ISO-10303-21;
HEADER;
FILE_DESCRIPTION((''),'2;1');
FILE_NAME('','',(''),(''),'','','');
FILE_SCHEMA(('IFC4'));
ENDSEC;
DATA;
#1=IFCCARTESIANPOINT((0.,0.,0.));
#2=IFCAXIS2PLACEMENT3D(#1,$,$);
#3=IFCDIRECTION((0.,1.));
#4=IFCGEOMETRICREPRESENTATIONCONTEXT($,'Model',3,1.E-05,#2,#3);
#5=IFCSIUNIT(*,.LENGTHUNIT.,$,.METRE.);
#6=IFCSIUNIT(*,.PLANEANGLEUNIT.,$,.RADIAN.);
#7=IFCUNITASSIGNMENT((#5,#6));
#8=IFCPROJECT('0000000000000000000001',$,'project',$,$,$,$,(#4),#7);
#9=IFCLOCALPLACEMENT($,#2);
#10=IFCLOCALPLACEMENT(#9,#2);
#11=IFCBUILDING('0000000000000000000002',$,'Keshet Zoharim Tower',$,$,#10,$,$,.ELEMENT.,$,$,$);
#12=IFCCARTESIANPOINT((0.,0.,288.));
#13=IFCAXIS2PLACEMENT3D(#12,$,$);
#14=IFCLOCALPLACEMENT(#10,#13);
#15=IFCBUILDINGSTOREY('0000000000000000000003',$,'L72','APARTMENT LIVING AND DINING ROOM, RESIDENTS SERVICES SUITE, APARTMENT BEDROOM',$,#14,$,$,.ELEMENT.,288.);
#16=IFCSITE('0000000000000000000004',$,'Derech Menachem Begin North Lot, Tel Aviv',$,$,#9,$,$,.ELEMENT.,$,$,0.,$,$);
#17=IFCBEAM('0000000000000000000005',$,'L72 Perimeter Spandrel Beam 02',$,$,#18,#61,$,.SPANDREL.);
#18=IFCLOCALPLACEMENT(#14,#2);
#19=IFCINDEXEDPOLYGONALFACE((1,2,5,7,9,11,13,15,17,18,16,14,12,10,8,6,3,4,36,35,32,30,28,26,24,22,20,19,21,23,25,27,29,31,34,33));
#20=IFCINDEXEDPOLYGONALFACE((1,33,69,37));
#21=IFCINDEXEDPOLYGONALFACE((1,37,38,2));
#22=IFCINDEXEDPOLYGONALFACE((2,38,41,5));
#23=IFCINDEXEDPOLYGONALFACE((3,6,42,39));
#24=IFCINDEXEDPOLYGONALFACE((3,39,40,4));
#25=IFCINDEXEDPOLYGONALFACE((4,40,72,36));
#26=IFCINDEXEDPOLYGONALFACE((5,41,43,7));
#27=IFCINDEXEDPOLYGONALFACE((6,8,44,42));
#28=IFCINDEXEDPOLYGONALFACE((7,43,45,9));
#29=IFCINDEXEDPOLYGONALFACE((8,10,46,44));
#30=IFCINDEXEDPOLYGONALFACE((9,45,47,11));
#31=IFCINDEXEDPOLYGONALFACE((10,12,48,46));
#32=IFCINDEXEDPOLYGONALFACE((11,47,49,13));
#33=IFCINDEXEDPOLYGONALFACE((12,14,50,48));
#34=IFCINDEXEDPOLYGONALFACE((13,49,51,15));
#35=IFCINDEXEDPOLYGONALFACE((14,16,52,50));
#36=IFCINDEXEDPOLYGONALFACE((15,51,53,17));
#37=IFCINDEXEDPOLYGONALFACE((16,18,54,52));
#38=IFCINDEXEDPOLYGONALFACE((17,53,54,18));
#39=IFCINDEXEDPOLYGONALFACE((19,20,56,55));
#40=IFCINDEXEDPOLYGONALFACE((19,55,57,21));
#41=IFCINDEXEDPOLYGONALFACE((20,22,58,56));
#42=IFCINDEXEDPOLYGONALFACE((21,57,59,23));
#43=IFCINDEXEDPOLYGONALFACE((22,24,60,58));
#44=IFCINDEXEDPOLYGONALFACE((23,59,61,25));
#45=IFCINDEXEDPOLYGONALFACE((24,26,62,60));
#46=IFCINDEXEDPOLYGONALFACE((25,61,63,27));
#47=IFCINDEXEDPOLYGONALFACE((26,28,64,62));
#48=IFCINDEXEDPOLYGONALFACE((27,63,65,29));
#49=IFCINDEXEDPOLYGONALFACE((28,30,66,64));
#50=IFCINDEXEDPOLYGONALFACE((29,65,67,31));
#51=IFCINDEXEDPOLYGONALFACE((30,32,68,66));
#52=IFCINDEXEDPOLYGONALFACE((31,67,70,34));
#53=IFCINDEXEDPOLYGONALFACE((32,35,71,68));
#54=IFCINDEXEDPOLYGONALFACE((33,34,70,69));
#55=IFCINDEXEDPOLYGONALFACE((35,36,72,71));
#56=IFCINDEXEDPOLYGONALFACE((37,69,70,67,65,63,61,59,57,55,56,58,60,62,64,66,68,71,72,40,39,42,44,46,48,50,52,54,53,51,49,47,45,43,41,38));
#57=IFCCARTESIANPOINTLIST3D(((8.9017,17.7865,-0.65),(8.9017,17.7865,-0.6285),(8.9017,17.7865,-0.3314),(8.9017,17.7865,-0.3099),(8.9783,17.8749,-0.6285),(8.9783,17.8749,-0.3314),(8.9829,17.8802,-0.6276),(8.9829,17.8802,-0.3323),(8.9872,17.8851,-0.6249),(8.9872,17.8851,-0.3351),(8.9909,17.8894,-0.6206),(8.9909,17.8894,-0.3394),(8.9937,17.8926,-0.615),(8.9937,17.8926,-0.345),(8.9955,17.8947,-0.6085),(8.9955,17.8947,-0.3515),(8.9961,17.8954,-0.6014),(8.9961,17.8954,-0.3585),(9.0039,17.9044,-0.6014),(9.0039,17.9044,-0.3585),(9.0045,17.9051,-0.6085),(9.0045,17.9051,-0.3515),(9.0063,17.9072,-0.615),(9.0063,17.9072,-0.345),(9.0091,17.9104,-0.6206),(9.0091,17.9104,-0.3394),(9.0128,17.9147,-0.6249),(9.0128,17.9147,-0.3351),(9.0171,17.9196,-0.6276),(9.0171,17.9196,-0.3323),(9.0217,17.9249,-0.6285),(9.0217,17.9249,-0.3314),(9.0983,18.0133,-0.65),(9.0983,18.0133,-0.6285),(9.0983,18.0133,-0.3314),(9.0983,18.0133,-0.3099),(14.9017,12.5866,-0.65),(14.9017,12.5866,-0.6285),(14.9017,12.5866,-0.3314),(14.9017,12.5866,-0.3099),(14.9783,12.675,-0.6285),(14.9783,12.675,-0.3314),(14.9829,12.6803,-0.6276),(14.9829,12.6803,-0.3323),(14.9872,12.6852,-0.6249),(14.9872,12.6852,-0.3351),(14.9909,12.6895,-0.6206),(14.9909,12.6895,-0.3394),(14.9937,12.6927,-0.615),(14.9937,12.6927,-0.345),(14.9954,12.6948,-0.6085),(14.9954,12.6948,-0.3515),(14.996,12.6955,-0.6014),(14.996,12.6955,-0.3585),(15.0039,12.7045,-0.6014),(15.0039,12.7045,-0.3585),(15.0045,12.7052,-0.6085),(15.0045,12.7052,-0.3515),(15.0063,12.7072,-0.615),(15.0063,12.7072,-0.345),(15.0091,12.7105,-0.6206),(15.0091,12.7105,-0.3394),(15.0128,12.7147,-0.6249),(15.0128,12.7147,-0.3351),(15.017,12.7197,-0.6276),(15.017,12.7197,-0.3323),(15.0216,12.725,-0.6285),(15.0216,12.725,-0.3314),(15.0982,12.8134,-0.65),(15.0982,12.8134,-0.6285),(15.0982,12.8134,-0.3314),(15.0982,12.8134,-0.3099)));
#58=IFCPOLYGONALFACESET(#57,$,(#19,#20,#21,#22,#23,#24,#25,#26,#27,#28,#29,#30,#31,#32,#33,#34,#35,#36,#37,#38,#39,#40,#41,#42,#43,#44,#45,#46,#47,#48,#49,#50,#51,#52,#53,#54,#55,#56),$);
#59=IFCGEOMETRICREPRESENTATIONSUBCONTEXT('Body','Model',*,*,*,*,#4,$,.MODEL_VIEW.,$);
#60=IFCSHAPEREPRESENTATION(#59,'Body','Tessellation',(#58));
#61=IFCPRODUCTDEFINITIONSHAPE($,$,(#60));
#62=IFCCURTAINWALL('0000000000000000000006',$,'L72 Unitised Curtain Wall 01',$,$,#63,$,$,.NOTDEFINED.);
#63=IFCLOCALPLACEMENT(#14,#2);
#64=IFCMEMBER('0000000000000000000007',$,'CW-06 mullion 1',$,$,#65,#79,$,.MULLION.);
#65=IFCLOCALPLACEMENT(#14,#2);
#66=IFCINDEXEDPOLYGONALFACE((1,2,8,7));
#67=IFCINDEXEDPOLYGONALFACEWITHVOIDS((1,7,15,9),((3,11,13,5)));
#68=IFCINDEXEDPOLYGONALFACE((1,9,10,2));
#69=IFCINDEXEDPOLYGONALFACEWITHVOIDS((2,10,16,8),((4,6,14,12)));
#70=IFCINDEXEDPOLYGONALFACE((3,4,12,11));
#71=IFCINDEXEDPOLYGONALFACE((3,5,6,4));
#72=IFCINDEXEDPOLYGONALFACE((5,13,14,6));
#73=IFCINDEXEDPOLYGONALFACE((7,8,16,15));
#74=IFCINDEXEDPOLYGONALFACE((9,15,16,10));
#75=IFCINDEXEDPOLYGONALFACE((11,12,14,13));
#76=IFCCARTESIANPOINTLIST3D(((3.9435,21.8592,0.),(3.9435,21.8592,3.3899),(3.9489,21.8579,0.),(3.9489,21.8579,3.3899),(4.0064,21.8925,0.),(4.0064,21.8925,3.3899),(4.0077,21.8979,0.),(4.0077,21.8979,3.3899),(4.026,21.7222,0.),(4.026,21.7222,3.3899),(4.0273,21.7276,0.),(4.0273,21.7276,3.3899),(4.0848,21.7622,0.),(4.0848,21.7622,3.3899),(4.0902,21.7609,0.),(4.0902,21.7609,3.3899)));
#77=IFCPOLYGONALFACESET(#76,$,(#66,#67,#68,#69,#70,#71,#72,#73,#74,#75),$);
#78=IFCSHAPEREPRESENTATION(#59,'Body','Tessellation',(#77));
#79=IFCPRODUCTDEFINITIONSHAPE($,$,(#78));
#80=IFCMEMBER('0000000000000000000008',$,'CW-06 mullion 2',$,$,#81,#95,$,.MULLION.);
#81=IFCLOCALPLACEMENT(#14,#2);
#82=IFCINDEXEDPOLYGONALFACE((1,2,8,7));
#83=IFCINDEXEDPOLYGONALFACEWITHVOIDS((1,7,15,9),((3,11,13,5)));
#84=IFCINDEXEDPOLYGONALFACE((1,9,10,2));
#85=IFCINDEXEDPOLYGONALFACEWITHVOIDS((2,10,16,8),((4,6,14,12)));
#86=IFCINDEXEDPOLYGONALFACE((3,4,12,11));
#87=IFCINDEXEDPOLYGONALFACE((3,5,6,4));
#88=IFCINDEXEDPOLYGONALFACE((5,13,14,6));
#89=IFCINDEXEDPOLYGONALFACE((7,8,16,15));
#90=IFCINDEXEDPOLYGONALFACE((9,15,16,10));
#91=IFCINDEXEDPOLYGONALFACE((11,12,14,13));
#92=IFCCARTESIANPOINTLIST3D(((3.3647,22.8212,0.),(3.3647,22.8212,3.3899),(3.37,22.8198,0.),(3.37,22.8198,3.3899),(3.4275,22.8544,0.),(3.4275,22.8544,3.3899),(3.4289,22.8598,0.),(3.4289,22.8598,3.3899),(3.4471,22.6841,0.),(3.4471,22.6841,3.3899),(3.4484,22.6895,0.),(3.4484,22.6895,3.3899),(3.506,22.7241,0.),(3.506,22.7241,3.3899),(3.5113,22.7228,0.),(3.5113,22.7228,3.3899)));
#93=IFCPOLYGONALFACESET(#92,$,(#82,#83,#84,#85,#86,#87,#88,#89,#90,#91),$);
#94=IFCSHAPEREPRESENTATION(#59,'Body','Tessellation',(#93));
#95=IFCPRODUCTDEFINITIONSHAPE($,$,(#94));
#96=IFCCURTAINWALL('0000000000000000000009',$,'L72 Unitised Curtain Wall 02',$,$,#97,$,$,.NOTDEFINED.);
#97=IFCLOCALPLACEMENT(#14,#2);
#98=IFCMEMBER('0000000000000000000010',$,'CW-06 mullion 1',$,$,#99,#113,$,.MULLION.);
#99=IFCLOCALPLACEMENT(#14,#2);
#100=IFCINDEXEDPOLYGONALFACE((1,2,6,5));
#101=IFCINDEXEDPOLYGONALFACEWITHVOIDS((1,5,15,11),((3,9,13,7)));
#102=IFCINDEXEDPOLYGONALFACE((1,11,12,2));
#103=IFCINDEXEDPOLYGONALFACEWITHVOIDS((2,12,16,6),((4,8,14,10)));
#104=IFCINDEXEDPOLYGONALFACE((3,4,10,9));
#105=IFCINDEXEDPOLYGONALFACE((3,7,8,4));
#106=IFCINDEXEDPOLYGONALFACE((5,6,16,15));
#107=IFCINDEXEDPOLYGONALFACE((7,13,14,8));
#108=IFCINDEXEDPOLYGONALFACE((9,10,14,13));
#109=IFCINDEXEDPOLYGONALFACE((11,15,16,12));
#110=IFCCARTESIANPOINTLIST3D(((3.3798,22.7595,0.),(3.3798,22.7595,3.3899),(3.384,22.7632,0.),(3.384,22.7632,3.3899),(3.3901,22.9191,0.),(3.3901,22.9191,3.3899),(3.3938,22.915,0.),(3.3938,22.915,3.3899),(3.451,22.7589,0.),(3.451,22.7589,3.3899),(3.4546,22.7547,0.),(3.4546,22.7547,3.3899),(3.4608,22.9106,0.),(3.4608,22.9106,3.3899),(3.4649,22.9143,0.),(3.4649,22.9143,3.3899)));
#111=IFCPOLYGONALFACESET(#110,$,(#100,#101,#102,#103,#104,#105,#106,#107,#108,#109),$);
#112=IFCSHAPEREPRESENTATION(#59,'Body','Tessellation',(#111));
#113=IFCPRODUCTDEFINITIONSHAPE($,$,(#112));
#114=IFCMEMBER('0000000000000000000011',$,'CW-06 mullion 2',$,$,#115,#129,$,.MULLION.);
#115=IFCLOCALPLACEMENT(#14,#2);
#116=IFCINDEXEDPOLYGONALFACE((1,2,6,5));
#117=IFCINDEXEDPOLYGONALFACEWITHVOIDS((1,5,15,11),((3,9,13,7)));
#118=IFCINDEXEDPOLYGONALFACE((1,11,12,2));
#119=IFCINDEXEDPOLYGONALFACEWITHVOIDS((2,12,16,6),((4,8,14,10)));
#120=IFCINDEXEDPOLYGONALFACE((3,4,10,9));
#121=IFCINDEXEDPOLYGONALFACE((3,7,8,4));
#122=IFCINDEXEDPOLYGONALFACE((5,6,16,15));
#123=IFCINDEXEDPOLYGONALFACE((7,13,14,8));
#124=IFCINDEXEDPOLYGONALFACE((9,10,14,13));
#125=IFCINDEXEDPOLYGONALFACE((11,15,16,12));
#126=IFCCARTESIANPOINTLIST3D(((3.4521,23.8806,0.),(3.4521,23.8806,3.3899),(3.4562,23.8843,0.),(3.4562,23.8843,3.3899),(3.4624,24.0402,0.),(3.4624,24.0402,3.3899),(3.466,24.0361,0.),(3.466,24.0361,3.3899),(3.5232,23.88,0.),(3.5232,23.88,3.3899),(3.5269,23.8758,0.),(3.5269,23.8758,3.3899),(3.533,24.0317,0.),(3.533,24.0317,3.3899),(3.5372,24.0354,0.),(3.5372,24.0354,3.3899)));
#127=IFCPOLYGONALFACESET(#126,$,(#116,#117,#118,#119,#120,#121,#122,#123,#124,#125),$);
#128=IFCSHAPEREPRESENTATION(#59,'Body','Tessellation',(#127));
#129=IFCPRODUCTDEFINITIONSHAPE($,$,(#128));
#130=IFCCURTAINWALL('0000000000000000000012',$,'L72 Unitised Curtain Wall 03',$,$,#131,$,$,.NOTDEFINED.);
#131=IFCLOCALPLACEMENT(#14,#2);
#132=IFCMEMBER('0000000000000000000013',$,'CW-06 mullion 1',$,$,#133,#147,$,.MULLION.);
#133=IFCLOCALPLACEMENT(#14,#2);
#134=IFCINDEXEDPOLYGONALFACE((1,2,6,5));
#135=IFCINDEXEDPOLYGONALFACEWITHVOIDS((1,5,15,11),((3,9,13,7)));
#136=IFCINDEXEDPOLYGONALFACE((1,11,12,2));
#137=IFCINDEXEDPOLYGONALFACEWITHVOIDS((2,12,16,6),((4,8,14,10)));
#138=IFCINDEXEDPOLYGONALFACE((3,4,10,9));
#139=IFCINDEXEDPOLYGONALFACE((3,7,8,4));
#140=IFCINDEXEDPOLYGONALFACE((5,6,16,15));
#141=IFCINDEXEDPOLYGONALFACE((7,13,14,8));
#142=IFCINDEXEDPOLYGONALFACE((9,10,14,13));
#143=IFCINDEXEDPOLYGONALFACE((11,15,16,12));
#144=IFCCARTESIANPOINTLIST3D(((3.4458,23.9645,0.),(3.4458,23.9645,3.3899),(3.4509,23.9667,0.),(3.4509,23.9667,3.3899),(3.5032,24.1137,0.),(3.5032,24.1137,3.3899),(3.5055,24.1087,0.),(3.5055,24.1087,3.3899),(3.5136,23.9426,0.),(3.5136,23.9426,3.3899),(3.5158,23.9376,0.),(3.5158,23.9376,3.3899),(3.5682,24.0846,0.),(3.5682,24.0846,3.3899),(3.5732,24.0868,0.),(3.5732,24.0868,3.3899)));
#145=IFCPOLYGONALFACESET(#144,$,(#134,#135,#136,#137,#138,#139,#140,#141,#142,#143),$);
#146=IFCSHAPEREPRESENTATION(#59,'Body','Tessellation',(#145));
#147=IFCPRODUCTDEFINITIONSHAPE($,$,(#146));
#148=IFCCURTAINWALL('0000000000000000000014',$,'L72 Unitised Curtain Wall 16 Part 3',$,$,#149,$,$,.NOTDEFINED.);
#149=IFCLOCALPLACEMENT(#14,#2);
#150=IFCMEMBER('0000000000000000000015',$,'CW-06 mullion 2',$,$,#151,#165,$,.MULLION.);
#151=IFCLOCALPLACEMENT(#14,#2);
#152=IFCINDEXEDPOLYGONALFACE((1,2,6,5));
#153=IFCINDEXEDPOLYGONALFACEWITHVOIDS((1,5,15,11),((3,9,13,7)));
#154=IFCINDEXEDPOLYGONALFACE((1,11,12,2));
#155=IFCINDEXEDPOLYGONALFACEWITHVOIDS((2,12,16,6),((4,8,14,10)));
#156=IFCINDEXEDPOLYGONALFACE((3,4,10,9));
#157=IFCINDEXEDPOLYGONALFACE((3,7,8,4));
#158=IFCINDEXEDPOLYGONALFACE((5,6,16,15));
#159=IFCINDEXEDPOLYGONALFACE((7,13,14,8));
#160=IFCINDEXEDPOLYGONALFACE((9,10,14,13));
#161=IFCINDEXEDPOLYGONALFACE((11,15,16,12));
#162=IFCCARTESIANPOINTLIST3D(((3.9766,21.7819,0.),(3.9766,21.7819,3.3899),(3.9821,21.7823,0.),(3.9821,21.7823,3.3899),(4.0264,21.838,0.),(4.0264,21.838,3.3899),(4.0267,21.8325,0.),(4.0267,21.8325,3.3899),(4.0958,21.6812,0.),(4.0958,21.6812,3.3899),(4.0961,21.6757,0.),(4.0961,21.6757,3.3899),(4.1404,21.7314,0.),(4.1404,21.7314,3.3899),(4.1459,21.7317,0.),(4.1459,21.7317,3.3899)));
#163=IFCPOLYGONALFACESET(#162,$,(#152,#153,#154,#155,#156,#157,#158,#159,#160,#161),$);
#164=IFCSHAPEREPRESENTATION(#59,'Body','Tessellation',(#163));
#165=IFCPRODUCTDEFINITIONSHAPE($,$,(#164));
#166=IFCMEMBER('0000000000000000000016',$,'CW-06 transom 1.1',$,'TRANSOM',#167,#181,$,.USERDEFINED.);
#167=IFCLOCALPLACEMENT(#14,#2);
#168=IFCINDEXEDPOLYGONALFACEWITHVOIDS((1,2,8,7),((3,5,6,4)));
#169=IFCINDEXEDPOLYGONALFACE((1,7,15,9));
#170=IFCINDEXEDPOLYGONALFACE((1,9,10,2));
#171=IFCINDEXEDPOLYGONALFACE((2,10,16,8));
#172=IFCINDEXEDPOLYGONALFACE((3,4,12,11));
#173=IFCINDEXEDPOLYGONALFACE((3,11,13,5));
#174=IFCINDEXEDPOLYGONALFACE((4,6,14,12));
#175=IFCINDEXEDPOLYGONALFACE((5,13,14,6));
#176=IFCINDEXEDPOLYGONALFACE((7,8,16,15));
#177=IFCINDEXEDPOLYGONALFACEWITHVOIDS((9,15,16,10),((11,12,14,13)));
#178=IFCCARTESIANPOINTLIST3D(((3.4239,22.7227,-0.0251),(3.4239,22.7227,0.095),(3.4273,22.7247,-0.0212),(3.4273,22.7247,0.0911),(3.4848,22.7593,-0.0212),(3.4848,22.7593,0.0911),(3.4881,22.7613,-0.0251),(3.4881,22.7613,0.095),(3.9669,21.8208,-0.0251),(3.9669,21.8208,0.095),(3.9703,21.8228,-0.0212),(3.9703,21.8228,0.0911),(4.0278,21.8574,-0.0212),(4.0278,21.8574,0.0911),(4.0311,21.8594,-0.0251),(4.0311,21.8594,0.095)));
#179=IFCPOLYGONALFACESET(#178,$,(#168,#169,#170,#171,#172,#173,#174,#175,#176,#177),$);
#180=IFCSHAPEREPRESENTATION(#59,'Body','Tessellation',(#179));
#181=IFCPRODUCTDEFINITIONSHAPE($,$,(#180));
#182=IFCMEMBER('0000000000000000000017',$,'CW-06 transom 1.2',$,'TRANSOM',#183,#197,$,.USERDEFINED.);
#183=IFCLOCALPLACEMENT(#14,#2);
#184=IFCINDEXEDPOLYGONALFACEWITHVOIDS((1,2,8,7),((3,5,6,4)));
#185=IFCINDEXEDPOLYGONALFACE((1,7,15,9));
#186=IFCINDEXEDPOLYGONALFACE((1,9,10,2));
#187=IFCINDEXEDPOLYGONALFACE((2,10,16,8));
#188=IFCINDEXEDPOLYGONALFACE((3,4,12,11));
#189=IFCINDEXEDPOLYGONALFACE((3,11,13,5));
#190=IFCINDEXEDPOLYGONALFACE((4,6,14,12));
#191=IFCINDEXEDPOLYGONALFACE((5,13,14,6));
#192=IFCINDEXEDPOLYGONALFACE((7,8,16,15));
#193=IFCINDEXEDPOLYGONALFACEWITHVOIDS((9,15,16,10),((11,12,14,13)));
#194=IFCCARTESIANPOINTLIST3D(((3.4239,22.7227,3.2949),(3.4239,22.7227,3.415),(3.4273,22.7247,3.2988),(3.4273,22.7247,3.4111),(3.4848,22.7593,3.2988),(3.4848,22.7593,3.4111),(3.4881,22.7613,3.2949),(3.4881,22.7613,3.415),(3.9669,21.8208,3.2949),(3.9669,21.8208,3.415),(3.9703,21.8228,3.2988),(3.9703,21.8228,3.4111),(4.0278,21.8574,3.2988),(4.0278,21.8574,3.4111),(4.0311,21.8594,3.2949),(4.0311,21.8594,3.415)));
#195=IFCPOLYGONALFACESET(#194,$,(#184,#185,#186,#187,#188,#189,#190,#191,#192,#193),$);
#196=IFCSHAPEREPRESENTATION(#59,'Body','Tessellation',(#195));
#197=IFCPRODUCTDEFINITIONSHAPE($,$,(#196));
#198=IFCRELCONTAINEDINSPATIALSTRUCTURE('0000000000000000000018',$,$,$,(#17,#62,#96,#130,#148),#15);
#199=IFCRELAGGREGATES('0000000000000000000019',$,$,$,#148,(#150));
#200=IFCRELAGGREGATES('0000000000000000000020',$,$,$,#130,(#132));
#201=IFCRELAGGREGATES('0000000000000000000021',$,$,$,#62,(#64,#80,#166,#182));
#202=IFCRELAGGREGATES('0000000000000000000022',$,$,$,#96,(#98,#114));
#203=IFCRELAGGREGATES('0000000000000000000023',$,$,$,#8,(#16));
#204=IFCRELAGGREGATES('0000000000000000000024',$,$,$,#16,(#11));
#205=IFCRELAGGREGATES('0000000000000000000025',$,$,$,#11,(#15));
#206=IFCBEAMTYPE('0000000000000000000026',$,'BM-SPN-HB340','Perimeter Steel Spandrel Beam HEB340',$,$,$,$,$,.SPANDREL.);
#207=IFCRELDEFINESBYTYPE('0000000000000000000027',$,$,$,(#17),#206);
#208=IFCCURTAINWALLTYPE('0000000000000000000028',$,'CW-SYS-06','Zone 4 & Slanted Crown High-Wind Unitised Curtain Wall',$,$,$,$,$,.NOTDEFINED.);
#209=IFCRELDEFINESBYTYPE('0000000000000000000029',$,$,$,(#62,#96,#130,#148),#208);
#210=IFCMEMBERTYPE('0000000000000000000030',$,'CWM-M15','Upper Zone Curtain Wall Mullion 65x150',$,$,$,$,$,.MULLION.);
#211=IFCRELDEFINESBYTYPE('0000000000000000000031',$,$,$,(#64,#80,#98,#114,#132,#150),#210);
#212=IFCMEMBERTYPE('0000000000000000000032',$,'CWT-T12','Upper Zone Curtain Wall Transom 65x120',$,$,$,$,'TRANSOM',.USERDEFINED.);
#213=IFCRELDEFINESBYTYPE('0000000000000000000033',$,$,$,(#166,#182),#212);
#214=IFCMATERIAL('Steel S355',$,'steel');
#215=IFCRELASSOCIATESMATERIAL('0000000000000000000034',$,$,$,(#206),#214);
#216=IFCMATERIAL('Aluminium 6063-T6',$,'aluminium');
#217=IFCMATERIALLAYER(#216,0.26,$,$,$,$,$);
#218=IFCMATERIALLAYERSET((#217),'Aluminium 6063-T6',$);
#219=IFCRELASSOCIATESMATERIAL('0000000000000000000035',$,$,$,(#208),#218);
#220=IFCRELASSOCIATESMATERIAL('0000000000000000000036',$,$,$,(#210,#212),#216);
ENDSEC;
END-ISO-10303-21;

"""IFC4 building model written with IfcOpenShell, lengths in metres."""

from ifc_helpers import new_model, si_unit, direction, frame, origin, origin_2d, place, context, subcontext, project, spatial, hollow_rectangle, i_section, extrude, material, layer, layer_set, material_profile, profile_set, type_object, element, aggregate, save


model = new_model("IFC4")

# Units and contexts
model_context = context("Model", 3, precision=1e-05, world=origin(), true_north=direction((0.0, 1.0)))
body_context = subcontext(model_context, "Body", "Model", "MODEL_VIEW")
ifc_project = project(units=[si_unit("LENGTHUNIT", "METRE"), si_unit("PLANEANGLEUNIT", "RADIAN")], contexts=[model_context])

# Site, building, storey
site_placement = place(None, origin())
site = spatial("IfcSite", under=ifc_project, at=site_placement, Name="Derech Menachem Begin North Lot, Tel Aviv", CompositionType="ELEMENT", RefElevation=0.0)
building_placement = place(site_placement, origin())
building = spatial("IfcBuilding", under=site, at=building_placement, Name="Keshet Zoharim Tower", CompositionType="ELEMENT")
storey_placement = place(building_placement, frame((0.0, 0.0, 288.0)))
storey = spatial("IfcBuildingStorey", under=building, at=storey_placement, Name="L72", Description="APARTMENT LIVING AND DINING ROOM, RESIDENTS SERVICES SUITE, APARTMENT BEDROOM", CompositionType="ELEMENT", Elevation=288.0)

# Beam
ifc_material_1 = material(Name="Steel S355", Category="steel")
ifc_material_profile_1 = material_profile(ifc_material_1, i_section(OverallWidth=0.3, OverallDepth=0.3401, WebThickness=0.012, FlangeThickness=0.0215, FilletRadius=0.0271, at=origin_2d()), Name="HEB340")
ifc_profile_set_1 = profile_set([ifc_material_profile_1], Name="Steel S355")
beam_type = type_object("IfcBeamType", Name="BM-SPN-HB340", Description="Perimeter Steel Spandrel Beam HEB340", PredefinedType="SPANDREL", material=ifc_profile_set_1)
beam_placement = place(storey_placement, frame((9.0, 17.8999, -0.48), z_axis=(0.755692, -0.654927, 0.0), x_axis=(0.654927, 0.755692, 0.0)))
element("IfcBeam", 1, at=beam_placement, inside=storey, type_object=beam_type, Name="L72 Perimeter Spandrel Beam 02", PredefinedType="SPANDREL", context=body_context, shape_type="SweptSolid", body=[
    extrude(i_section(OverallWidth=0.3, OverallDepth=0.3401, WebThickness=0.012, FlangeThickness=0.0215, FilletRadius=0.0271, at=origin_2d()), origin(), (0.0, 0.0, 1.0), 7.9397),
])

# Curtain walls, members
ifc_material_2 = material(Name="Aluminium 6063-T6", Category="aluminium")
ifc_layer_1 = layer(ifc_material_2, 0.26)
ifc_layer_set_1 = layer_set([ifc_layer_1], Name="Aluminium 6063-T6")
curtain_wall_type = type_object("IfcCurtainWallType", Name="CW-SYS-06", Description="Zone 4 & Slanted Crown High-Wind Unitised Curtain Wall", PredefinedType="NOTDEFINED", material=ifc_layer_set_1)
curtain_wall_1_placement = place(storey_placement, origin())
curtain_wall_1 = element("IfcCurtainWall", 2, at=curtain_wall_1_placement, inside=storey, type_object=curtain_wall_type, Name="L72 Unitised Curtain Wall 01", PredefinedType="NOTDEFINED")
ifc_material_profile_2 = material_profile(ifc_material_2, hollow_rectangle(XDim=0.075, YDim=0.1599, WallThickness=0.0039, at=origin_2d()), Name="MUL-75x160")
ifc_profile_set_2 = profile_set([ifc_material_profile_2], Name="Aluminium 6063-T6")
member_type_1 = type_object("IfcMemberType", Name="CWM-M15", Description="Upper Zone Curtain Wall Mullion 65x150", PredefinedType="MULLION", material=ifc_profile_set_2)
member_1_placement = place(storey_placement, frame((4.0168, 21.8101, 0.0), z_axis=(0.0, 0.0, 1.0), x_axis=(-0.856826, -0.515605, 0.0)))
member_1 = element("IfcMember", 3, at=member_1_placement, type_object=member_type_1, Name="CW-06 mullion 1", PredefinedType="MULLION", context=body_context, shape_type="SweptSolid", body=[
    extrude(hollow_rectangle(XDim=0.075, YDim=0.1599, WallThickness=0.0039, at=origin_2d()), origin(), (0.0, 0.0, 1.0), 3.3899),
])
member_2_placement = place(storey_placement, frame((3.438, 22.772, 0.0), z_axis=(0.0, 0.0, 1.0), x_axis=(-0.856826, -0.515605, 0.0)))
member_2 = element("IfcMember", 4, at=member_2_placement, type_object=member_type_1, Name="CW-06 mullion 2", PredefinedType="MULLION", context=body_context, shape_type="SweptSolid", body=[
    extrude(hollow_rectangle(XDim=0.075, YDim=0.1599, WallThickness=0.0039, at=origin_2d()), origin(), (0.0, 0.0, 1.0), 3.3899),
])
curtain_wall_2_placement = place(storey_placement, origin())
curtain_wall_2 = element("IfcCurtainWall", 5, at=curtain_wall_2_placement, inside=storey, type_object=curtain_wall_type, Name="L72 Unitised Curtain Wall 02", PredefinedType="NOTDEFINED")
member_3_placement = place(storey_placement, frame((3.4224, 22.8369, 0.0), z_axis=(0.0, 0.0, 1.0), x_axis=(-0.997917, 0.064517, 0.0)))
member_3 = element("IfcMember", 6, at=member_3_placement, type_object=member_type_1, Name="CW-06 mullion 1", PredefinedType="MULLION", context=body_context, shape_type="SweptSolid", body=[
    extrude(hollow_rectangle(XDim=0.075, YDim=0.1599, WallThickness=0.0039, at=origin_2d()), origin(), (0.0, 0.0, 1.0), 3.3899),
])
member_4_placement = place(storey_placement, frame((3.4946, 23.958, 0.0), z_axis=(0.0, 0.0, 1.0), x_axis=(-0.997917, 0.064517, 0.0)))
member_4 = element("IfcMember", 7, at=member_4_placement, type_object=member_type_1, Name="CW-06 mullion 2", PredefinedType="MULLION", context=body_context, shape_type="SweptSolid", body=[
    extrude(hollow_rectangle(XDim=0.075, YDim=0.1599, WallThickness=0.0039, at=origin_2d()), origin(), (0.0, 0.0, 1.0), 3.3899),
])

# Curtain walls, members
curtain_wall_3_placement = place(storey_placement, origin())
curtain_wall_3 = element("IfcCurtainWall", 8, at=curtain_wall_3_placement, inside=storey, type_object=curtain_wall_type, Name="L72 Unitised Curtain Wall 03", PredefinedType="NOTDEFINED")
member_5_placement = place(storey_placement, frame((3.5095, 24.0256, 0.0), z_axis=(0.0, 0.0, 1.0), x_axis=(-0.933341, 0.35899, 0.0)))
member_5 = element("IfcMember", 9, at=member_5_placement, type_object=member_type_1, Name="CW-06 mullion 1", PredefinedType="MULLION", context=body_context, shape_type="SweptSolid", body=[
    extrude(hollow_rectangle(XDim=0.075, YDim=0.1599, WallThickness=0.0039, at=origin_2d()), origin(), (0.0, 0.0, 1.0), 3.3899),
])
curtain_wall_4_placement = place(storey_placement, origin())
curtain_wall_4 = element("IfcCurtainWall", 10, at=curtain_wall_4_placement, inside=storey, type_object=curtain_wall_type, Name="L72 Unitised Curtain Wall 16 Part 3", PredefinedType="NOTDEFINED")
member_6_placement = place(storey_placement, frame((4.0613, 21.7568, 0.0), z_axis=(0.0, 0.0, 1.0), x_axis=(-0.664364, -0.747409, 0.0)))
member_6 = element("IfcMember", 11, at=member_6_placement, type_object=member_type_1, Name="CW-06 mullion 2", PredefinedType="MULLION", context=body_context, shape_type="SweptSolid", body=[
    extrude(hollow_rectangle(XDim=0.075, YDim=0.1599, WallThickness=0.0039, at=origin_2d()), origin(), (0.0, 0.0, 1.0), 3.3899),
])
aggregate(curtain_wall_4, [member_6])

# Members
ifc_material_profile_3 = material_profile(ifc_material_2, hollow_rectangle(XDim=0.075, YDim=0.1201, WallThickness=0.0039, at=origin_2d()), Name="TRN-75x120")
ifc_profile_set_3 = profile_set([ifc_material_profile_3], Name="Aluminium 6063-T6")
member_type_2 = type_object("IfcMemberType", Name="CWT-T12", Description="Upper Zone Curtain Wall Transom 65x120", ElementType="TRANSOM", PredefinedType="USERDEFINED", material=ifc_profile_set_3)
member_7_placement = place(storey_placement, frame((3.999, 21.8401, 0.0349), z_axis=(-0.515791, 0.856714, 0.0), x_axis=(-0.856714, -0.515791, 0.0)))
member_7 = element("IfcMember", 12, at=member_7_placement, type_object=member_type_2, Name="CW-06 transom 1.1", ObjectType="TRANSOM", PredefinedType="USERDEFINED", context=body_context, shape_type="SweptSolid", body=[
    extrude(hollow_rectangle(XDim=0.075, YDim=0.1201, WallThickness=0.0039, at=origin_2d()), origin(), (0.0, 0.0, 1.0), 1.0527),
])
member_8_placement = place(storey_placement, frame((3.999, 21.8401, 3.355), z_axis=(-0.515791, 0.856714, 0.0), x_axis=(-0.856714, -0.515791, 0.0)))
member_8 = element("IfcMember", 13, at=member_8_placement, type_object=member_type_2, Name="CW-06 transom 1.2", ObjectType="TRANSOM", PredefinedType="USERDEFINED", context=body_context, shape_type="SweptSolid", body=[
    extrude(hollow_rectangle(XDim=0.075, YDim=0.1201, WallThickness=0.0039, at=origin_2d()), origin(), (0.0, 0.0, 1.0), 1.0527),
])
aggregate(curtain_wall_3, [member_5])

aggregate(curtain_wall_1, [member_1, member_2, member_7, member_8])
aggregate(curtain_wall_2, [member_3, member_4])

save(model, "model.ifc")
